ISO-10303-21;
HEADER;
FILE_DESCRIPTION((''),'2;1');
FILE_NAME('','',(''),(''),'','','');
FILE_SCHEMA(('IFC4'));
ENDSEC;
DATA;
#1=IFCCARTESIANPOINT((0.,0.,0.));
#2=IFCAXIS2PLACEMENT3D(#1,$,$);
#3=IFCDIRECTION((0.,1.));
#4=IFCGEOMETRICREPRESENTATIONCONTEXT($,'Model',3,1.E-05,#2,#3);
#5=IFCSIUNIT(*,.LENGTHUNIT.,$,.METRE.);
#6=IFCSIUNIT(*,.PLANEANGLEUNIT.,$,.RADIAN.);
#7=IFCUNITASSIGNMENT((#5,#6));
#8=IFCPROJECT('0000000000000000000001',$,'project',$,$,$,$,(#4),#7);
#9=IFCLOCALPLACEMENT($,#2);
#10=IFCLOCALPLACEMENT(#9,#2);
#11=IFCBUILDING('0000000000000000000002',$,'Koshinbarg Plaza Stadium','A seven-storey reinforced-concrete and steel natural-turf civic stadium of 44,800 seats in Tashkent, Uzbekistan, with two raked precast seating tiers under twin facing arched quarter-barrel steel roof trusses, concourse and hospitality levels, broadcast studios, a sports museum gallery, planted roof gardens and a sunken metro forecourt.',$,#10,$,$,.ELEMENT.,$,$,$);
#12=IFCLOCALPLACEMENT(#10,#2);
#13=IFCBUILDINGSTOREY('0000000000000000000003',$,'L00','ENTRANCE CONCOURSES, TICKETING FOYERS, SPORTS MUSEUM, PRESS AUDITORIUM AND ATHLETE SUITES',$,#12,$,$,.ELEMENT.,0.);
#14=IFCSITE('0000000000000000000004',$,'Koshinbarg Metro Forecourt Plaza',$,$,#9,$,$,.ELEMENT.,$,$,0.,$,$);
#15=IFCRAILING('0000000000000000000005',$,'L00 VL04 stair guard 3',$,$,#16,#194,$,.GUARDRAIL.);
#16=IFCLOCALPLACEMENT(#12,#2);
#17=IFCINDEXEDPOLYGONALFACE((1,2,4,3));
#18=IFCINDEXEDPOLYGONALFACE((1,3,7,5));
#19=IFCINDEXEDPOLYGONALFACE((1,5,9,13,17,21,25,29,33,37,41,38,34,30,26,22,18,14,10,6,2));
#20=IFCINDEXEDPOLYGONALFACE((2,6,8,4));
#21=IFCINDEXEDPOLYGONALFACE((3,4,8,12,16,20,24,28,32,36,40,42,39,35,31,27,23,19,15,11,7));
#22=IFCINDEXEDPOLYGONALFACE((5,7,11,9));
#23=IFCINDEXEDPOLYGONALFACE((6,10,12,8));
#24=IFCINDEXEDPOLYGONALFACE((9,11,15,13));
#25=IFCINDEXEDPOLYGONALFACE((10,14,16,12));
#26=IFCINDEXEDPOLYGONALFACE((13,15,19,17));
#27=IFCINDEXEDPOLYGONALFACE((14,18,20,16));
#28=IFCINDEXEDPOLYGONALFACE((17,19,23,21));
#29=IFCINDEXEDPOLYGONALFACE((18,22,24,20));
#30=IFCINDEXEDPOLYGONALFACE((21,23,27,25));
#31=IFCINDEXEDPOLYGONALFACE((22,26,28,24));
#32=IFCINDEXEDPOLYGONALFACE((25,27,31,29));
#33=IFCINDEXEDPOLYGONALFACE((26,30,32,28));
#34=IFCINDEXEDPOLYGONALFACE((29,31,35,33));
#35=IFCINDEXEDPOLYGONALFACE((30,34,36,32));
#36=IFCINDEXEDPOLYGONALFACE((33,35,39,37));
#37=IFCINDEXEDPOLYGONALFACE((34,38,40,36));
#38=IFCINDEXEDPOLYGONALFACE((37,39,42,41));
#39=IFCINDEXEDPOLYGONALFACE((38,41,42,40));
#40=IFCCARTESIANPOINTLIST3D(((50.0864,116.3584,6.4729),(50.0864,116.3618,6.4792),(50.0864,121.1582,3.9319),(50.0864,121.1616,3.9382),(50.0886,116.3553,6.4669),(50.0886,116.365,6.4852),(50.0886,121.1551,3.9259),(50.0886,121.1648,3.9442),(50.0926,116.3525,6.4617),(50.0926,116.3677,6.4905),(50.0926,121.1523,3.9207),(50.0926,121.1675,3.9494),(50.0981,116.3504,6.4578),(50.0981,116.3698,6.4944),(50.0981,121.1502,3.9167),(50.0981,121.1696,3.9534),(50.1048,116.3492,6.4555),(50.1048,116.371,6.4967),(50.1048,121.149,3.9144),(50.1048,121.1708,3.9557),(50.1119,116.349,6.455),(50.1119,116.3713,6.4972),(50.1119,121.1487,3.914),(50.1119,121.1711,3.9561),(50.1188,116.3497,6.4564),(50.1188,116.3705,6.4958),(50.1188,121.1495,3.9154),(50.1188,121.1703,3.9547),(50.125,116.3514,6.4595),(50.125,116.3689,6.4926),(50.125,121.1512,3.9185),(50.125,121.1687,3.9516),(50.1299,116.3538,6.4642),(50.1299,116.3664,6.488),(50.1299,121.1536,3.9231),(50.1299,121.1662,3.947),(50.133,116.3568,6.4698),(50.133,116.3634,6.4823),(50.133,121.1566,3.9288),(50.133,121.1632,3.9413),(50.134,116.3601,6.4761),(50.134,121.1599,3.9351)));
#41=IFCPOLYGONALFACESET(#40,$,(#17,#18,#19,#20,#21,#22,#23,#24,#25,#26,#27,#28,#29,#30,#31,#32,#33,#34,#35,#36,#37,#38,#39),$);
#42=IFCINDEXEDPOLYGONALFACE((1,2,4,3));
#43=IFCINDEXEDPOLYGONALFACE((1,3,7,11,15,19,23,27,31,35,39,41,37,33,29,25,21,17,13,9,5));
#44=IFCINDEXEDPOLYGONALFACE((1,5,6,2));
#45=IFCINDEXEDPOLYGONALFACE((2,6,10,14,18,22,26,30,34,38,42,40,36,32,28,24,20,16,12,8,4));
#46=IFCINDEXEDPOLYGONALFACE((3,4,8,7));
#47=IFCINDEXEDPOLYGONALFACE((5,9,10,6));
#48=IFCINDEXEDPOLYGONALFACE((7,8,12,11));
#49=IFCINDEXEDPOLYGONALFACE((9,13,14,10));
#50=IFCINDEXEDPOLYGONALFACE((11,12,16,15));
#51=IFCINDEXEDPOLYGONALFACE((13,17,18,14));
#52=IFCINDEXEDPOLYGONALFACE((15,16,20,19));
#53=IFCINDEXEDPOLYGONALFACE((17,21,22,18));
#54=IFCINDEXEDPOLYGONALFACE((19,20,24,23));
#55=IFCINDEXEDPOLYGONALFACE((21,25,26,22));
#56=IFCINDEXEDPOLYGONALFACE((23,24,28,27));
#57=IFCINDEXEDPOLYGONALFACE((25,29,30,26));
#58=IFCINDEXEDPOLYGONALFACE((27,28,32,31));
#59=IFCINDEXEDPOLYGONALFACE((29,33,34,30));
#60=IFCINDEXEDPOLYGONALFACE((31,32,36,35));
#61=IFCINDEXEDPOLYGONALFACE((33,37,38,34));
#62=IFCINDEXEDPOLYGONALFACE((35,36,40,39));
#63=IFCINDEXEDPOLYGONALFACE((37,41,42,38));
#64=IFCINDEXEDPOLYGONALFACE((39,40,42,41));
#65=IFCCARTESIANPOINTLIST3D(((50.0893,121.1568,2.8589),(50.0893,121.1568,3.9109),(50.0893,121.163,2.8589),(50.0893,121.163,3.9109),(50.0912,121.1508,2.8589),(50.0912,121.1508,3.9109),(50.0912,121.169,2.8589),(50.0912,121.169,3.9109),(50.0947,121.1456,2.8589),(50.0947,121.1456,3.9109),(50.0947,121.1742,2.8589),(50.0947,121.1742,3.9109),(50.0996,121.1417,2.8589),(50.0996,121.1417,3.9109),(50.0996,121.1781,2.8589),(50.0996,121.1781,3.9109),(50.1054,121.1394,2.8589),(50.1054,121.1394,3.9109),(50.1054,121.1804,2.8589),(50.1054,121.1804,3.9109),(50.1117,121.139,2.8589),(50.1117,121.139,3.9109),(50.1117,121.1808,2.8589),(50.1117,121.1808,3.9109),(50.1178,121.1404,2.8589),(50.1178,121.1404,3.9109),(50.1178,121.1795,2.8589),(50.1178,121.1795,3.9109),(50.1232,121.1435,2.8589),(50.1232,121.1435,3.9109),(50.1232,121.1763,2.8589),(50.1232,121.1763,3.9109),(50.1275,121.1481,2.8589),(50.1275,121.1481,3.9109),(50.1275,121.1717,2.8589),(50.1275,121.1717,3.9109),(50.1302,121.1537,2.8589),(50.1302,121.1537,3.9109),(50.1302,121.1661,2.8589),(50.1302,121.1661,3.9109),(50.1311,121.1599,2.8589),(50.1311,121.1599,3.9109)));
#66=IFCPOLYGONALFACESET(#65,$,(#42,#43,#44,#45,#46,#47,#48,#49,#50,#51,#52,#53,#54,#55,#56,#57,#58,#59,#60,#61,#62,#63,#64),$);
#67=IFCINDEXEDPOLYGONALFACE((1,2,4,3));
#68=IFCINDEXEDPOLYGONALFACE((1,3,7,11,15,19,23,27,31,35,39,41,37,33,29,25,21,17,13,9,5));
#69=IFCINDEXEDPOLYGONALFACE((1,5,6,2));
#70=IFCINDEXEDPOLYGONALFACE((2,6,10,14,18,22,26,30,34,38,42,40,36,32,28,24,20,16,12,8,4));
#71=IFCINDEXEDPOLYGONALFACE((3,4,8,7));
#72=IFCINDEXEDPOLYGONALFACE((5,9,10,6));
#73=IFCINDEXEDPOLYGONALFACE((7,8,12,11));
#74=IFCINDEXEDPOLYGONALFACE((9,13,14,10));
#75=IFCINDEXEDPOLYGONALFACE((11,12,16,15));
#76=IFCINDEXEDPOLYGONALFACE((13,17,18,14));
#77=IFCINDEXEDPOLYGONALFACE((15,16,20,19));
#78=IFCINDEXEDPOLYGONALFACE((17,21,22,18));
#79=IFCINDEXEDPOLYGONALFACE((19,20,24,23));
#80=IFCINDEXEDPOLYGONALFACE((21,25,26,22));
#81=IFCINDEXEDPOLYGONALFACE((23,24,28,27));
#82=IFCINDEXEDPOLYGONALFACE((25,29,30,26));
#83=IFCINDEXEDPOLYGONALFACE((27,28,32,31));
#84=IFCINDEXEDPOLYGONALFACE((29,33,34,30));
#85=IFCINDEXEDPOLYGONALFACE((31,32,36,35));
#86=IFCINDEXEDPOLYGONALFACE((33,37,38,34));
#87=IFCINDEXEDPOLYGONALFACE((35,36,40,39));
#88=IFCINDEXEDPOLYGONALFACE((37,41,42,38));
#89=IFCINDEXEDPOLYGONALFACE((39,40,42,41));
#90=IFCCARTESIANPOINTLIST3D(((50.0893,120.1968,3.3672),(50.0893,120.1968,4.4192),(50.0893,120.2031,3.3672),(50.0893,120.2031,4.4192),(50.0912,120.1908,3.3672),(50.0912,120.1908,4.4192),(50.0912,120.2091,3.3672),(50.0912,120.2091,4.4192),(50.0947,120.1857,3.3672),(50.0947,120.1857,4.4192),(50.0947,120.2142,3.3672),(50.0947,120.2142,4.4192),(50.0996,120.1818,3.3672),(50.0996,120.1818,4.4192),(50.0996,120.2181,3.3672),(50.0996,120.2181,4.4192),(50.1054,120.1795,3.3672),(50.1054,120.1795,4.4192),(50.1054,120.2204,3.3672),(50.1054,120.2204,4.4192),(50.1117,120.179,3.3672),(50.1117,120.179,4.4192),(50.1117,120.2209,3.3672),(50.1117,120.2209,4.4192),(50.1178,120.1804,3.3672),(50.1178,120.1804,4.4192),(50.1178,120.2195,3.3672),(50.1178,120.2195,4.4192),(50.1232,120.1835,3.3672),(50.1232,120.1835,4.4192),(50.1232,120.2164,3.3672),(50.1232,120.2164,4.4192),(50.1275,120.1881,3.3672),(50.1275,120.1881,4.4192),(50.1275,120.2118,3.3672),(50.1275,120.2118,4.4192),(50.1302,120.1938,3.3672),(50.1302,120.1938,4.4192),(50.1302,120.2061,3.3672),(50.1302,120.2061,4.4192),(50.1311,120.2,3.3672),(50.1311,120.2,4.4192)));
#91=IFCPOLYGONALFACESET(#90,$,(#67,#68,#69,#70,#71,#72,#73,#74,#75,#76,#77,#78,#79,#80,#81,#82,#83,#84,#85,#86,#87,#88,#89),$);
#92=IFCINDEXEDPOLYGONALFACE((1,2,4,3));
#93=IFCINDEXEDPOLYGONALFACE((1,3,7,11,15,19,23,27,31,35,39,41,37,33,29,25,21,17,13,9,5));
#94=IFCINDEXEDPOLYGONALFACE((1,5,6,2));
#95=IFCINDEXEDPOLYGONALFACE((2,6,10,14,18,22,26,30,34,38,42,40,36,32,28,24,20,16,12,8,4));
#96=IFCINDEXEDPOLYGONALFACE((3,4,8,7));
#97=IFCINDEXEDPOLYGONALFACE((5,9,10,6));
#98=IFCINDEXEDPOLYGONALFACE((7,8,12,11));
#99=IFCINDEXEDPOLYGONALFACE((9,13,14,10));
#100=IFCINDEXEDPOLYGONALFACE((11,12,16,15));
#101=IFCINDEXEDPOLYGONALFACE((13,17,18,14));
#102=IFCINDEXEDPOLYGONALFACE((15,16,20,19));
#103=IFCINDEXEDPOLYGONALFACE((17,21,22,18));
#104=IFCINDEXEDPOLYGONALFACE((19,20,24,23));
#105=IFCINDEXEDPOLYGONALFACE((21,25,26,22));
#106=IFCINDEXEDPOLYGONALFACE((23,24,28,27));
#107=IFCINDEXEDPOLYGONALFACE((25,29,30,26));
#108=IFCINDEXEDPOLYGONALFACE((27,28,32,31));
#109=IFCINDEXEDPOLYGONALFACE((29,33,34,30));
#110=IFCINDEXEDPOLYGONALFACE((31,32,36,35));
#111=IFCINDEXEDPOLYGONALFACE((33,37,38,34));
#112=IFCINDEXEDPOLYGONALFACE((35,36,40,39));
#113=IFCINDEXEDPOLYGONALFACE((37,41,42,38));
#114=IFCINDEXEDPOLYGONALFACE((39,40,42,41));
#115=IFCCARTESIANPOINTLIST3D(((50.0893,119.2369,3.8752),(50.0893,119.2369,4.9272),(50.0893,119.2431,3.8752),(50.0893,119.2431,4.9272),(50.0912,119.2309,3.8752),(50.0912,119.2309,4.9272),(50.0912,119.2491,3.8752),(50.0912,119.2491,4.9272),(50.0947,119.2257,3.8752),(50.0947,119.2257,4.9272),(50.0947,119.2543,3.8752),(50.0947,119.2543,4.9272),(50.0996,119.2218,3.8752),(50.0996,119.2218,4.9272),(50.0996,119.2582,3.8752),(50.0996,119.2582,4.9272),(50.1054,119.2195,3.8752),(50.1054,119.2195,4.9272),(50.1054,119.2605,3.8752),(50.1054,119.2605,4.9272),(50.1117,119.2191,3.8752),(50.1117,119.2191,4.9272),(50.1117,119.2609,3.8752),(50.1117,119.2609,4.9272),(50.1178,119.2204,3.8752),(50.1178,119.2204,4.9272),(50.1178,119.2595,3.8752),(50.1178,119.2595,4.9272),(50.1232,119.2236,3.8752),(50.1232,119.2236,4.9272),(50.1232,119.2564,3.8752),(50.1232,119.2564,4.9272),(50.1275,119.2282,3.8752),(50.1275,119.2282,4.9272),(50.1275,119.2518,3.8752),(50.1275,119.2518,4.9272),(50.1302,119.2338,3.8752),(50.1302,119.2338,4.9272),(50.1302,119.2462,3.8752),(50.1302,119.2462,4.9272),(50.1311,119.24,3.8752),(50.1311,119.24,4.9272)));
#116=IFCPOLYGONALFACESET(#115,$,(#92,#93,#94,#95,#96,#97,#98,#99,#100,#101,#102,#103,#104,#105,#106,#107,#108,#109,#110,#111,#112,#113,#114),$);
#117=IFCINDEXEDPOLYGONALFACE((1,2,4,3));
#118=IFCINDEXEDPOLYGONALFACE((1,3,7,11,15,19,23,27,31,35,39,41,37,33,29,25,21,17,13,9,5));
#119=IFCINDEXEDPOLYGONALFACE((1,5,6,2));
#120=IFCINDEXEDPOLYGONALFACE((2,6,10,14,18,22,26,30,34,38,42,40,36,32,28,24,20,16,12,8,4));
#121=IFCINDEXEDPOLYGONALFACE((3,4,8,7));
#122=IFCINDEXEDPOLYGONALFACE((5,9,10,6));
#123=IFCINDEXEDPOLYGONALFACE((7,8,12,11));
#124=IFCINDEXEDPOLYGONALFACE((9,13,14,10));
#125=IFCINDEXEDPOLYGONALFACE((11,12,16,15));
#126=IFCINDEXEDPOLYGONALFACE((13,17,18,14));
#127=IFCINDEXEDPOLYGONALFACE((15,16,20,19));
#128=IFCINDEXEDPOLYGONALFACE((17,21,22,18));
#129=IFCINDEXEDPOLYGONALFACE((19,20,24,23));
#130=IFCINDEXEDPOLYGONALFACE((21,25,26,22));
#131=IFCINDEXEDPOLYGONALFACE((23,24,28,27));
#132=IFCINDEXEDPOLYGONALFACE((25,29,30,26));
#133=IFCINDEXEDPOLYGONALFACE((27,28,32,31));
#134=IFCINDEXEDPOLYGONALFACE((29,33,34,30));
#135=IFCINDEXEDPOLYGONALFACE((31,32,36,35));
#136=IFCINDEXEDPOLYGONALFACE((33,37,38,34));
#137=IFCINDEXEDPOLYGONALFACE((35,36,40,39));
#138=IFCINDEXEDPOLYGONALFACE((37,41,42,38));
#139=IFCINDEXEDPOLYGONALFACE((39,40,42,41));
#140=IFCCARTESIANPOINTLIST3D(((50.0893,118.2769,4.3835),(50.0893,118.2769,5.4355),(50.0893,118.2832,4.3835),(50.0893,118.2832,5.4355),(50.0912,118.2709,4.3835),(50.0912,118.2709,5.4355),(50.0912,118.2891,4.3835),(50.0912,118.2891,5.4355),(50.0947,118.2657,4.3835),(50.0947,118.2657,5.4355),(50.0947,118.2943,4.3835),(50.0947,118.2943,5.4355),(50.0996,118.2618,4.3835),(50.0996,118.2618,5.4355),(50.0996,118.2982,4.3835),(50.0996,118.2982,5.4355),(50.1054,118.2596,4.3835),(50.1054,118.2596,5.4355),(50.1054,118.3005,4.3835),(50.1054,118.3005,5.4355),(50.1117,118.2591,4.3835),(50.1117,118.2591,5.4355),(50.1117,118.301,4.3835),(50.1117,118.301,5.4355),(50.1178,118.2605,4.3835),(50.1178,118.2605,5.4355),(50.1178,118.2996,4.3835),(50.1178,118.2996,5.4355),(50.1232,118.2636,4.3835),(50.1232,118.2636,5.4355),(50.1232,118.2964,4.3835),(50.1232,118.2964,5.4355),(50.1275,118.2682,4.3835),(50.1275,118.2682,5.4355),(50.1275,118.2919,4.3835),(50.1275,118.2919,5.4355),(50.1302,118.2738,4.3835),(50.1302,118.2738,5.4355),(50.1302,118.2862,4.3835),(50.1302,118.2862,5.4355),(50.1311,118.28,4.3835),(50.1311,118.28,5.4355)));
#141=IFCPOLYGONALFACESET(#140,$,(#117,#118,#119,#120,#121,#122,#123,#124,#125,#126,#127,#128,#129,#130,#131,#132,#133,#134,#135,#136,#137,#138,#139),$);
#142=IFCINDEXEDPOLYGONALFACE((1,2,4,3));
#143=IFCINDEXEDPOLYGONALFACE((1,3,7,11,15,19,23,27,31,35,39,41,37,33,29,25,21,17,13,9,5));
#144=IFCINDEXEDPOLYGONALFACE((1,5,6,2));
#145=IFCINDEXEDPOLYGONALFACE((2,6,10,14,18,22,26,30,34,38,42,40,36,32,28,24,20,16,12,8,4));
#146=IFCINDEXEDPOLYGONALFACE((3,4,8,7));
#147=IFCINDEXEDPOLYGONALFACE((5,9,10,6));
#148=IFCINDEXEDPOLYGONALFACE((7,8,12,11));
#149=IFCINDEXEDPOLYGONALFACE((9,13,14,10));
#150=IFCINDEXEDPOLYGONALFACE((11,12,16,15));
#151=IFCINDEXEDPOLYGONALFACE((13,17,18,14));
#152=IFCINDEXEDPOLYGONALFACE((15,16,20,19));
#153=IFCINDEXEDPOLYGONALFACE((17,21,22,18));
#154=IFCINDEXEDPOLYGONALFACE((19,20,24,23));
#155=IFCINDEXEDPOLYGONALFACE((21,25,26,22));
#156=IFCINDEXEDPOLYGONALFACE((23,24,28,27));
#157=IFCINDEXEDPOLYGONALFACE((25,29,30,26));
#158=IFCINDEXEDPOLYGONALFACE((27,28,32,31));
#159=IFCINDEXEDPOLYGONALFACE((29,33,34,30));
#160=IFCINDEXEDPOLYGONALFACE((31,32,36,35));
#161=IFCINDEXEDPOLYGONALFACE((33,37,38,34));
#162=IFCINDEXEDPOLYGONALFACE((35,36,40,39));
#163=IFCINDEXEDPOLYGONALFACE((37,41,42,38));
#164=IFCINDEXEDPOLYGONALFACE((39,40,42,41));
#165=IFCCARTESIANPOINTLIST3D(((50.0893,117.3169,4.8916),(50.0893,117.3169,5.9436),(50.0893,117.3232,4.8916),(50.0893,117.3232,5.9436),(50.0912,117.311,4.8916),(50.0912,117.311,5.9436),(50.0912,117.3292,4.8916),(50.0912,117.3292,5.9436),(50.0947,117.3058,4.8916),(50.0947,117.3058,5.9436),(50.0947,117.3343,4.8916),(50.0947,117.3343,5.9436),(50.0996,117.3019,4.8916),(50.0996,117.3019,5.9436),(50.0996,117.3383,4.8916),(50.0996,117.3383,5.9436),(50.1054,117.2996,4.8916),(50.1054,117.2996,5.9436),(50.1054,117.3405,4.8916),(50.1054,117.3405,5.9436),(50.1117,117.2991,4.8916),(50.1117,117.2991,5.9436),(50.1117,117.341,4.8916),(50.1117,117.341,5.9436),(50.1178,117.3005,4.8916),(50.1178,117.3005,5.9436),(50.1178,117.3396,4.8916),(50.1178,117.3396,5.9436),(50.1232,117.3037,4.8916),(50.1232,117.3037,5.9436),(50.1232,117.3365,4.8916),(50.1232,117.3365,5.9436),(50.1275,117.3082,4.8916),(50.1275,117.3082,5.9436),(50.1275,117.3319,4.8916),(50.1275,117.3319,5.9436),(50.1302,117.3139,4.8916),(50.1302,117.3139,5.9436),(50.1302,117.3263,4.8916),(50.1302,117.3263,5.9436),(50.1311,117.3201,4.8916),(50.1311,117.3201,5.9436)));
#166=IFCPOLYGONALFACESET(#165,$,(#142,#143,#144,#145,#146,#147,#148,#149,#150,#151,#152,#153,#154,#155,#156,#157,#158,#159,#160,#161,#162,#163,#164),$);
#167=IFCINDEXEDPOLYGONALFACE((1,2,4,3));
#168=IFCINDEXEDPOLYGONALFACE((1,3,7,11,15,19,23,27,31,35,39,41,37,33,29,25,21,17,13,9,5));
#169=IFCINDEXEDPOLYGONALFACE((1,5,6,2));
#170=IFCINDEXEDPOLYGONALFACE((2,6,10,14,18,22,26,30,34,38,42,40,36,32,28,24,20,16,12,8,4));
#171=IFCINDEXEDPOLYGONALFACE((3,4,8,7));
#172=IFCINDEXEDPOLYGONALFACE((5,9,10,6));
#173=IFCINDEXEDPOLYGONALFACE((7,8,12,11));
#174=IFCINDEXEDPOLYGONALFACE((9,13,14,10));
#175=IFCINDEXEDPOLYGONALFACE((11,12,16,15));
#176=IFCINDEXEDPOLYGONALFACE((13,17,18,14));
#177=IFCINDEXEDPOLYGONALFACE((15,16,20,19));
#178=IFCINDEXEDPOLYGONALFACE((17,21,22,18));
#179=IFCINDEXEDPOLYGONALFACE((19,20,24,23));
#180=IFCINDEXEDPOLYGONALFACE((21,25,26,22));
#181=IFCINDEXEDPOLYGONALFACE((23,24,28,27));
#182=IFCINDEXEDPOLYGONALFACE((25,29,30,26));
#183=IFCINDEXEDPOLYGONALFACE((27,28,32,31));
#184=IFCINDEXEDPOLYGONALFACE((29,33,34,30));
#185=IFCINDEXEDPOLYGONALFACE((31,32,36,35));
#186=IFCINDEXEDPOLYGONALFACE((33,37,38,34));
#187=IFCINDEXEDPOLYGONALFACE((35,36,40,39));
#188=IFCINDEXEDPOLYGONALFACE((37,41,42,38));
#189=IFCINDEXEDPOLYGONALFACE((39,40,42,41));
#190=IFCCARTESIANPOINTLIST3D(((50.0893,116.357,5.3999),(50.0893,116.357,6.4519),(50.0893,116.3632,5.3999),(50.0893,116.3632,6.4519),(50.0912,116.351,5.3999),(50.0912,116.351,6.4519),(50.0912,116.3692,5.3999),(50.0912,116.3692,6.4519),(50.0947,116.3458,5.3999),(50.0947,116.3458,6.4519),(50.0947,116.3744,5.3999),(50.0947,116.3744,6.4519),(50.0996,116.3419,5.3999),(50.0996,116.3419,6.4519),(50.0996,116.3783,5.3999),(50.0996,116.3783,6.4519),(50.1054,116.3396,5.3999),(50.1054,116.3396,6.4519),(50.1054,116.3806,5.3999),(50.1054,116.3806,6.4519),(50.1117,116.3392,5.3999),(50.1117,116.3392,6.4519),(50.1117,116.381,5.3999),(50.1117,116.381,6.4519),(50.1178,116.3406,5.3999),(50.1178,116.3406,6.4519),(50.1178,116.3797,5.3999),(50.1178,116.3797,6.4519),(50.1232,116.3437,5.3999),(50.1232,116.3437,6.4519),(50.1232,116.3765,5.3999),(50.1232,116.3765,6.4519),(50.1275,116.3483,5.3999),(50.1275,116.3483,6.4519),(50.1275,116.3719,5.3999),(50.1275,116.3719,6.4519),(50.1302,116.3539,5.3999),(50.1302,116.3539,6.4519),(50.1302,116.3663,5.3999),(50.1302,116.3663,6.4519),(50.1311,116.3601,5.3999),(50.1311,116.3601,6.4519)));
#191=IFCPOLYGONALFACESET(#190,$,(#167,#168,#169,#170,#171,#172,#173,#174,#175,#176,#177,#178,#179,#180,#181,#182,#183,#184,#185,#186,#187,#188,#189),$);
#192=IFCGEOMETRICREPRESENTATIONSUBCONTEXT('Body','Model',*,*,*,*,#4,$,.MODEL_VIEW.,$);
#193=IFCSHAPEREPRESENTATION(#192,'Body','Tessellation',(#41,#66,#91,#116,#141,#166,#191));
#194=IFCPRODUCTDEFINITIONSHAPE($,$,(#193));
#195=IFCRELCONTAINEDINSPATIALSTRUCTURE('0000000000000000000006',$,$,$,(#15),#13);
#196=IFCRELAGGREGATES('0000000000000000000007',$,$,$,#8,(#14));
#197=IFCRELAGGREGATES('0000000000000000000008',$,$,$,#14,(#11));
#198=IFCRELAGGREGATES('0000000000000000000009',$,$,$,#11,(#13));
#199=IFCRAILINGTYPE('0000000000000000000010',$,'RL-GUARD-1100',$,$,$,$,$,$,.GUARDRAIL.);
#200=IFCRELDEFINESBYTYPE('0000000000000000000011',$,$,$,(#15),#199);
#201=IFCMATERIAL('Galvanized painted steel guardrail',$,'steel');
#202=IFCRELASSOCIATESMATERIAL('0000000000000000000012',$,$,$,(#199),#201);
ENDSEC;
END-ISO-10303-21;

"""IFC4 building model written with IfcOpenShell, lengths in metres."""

from ifc_helpers import new_model, si_unit, direction, frame, origin, origin_2d, place, context, subcontext, project, spatial, circle, extrude, material, type_object, element, save


model = new_model("IFC4")

# Units and contexts
model_context = context("Model", 3, precision=1e-05, world=origin(), true_north=direction((0.0, 1.0)))
body_context = subcontext(model_context, "Body", "Model", "MODEL_VIEW")
ifc_project = project(units=[si_unit("LENGTHUNIT", "METRE"), si_unit("PLANEANGLEUNIT", "RADIAN")], contexts=[model_context])

# Site, building, storey
site_placement = place(None, origin())
site = spatial("IfcSite", under=ifc_project, at=site_placement, Name="Koshinbarg Metro Forecourt Plaza", CompositionType="ELEMENT", RefElevation=0.0)
building_placement = place(site_placement, origin())
building = spatial("IfcBuilding", under=site, at=building_placement, Name="Koshinbarg Plaza Stadium", Description="A seven-storey reinforced-concrete and steel natural-turf civic stadium of 44,800 seats in Tashkent, Uzbekistan, with two raked precast seating tiers under twin facing arched quarter-barrel steel roof trusses, concourse and hospitality levels, broadcast studios, a sports museum gallery, planted roof gardens and a sunken metro forecourt.", CompositionType="ELEMENT")
storey_placement = place(building_placement, origin())
storey = spatial("IfcBuildingStorey", under=building, at=storey_placement, Name="L00", Description="ENTRANCE CONCOURSES, TICKETING FOYERS, SPORTS MUSEUM, PRESS AUDITORIUM AND ATHLETE SUITES", CompositionType="ELEMENT", Elevation=0.0)

# Railing
ifc_material_1 = material(Name="Galvanized painted steel guardrail", Category="steel")
railing_type_1 = type_object("IfcRailingType", Name="RL-GUARD-1100", PredefinedType="GUARDRAIL", material=ifc_material_1)
railing_1_placement = place(storey_placement, frame((50.1101, 121.1599, 2.8589)))
element("IfcRailing", 1, at=railing_1_placement, inside=storey, type_object=railing_type_1, Name="L00 VL04 stair guard 3", PredefinedType="GUARDRAIL", context=body_context, shape_type="SweptSolid", body=[
    extrude(circle(Radius=0.0239, at=origin_2d()), frame((0.0, 0.0, 1.0762), z_axis=(0.0, -0.883792, 0.467879), x_axis=(1.0, 0.0, 0.0)), (0.0, 0.0, 1.0), 5.4309),
    extrude(circle(Radius=0.021, at=origin_2d()), origin(), (0.0, 0.0, 1.0), 1.052),
    extrude(circle(Radius=0.021, at=origin_2d()), frame((0.0, -0.96, 0.5083)), (0.0, 0.0, 1.0), 1.052),
    extrude(circle(Radius=0.021, at=origin_2d()), frame((0.0, -1.9199, 1.0164)), (0.0, 0.0, 1.0), 1.052),
    extrude(circle(Radius=0.021, at=origin_2d()), frame((0.0, -2.8799, 1.5247)), (0.0, 0.0, 1.0), 1.052),
    extrude(circle(Radius=0.021, at=origin_2d()), frame((0.0, -3.8398, 2.0327)), (0.0, 0.0, 1.0), 1.052),
    extrude(circle(Radius=0.021, at=origin_2d()), frame((0.0, -4.7998, 2.541)), (0.0, 0.0, 1.0), 1.052),
])

save(model, "model.ifc")
